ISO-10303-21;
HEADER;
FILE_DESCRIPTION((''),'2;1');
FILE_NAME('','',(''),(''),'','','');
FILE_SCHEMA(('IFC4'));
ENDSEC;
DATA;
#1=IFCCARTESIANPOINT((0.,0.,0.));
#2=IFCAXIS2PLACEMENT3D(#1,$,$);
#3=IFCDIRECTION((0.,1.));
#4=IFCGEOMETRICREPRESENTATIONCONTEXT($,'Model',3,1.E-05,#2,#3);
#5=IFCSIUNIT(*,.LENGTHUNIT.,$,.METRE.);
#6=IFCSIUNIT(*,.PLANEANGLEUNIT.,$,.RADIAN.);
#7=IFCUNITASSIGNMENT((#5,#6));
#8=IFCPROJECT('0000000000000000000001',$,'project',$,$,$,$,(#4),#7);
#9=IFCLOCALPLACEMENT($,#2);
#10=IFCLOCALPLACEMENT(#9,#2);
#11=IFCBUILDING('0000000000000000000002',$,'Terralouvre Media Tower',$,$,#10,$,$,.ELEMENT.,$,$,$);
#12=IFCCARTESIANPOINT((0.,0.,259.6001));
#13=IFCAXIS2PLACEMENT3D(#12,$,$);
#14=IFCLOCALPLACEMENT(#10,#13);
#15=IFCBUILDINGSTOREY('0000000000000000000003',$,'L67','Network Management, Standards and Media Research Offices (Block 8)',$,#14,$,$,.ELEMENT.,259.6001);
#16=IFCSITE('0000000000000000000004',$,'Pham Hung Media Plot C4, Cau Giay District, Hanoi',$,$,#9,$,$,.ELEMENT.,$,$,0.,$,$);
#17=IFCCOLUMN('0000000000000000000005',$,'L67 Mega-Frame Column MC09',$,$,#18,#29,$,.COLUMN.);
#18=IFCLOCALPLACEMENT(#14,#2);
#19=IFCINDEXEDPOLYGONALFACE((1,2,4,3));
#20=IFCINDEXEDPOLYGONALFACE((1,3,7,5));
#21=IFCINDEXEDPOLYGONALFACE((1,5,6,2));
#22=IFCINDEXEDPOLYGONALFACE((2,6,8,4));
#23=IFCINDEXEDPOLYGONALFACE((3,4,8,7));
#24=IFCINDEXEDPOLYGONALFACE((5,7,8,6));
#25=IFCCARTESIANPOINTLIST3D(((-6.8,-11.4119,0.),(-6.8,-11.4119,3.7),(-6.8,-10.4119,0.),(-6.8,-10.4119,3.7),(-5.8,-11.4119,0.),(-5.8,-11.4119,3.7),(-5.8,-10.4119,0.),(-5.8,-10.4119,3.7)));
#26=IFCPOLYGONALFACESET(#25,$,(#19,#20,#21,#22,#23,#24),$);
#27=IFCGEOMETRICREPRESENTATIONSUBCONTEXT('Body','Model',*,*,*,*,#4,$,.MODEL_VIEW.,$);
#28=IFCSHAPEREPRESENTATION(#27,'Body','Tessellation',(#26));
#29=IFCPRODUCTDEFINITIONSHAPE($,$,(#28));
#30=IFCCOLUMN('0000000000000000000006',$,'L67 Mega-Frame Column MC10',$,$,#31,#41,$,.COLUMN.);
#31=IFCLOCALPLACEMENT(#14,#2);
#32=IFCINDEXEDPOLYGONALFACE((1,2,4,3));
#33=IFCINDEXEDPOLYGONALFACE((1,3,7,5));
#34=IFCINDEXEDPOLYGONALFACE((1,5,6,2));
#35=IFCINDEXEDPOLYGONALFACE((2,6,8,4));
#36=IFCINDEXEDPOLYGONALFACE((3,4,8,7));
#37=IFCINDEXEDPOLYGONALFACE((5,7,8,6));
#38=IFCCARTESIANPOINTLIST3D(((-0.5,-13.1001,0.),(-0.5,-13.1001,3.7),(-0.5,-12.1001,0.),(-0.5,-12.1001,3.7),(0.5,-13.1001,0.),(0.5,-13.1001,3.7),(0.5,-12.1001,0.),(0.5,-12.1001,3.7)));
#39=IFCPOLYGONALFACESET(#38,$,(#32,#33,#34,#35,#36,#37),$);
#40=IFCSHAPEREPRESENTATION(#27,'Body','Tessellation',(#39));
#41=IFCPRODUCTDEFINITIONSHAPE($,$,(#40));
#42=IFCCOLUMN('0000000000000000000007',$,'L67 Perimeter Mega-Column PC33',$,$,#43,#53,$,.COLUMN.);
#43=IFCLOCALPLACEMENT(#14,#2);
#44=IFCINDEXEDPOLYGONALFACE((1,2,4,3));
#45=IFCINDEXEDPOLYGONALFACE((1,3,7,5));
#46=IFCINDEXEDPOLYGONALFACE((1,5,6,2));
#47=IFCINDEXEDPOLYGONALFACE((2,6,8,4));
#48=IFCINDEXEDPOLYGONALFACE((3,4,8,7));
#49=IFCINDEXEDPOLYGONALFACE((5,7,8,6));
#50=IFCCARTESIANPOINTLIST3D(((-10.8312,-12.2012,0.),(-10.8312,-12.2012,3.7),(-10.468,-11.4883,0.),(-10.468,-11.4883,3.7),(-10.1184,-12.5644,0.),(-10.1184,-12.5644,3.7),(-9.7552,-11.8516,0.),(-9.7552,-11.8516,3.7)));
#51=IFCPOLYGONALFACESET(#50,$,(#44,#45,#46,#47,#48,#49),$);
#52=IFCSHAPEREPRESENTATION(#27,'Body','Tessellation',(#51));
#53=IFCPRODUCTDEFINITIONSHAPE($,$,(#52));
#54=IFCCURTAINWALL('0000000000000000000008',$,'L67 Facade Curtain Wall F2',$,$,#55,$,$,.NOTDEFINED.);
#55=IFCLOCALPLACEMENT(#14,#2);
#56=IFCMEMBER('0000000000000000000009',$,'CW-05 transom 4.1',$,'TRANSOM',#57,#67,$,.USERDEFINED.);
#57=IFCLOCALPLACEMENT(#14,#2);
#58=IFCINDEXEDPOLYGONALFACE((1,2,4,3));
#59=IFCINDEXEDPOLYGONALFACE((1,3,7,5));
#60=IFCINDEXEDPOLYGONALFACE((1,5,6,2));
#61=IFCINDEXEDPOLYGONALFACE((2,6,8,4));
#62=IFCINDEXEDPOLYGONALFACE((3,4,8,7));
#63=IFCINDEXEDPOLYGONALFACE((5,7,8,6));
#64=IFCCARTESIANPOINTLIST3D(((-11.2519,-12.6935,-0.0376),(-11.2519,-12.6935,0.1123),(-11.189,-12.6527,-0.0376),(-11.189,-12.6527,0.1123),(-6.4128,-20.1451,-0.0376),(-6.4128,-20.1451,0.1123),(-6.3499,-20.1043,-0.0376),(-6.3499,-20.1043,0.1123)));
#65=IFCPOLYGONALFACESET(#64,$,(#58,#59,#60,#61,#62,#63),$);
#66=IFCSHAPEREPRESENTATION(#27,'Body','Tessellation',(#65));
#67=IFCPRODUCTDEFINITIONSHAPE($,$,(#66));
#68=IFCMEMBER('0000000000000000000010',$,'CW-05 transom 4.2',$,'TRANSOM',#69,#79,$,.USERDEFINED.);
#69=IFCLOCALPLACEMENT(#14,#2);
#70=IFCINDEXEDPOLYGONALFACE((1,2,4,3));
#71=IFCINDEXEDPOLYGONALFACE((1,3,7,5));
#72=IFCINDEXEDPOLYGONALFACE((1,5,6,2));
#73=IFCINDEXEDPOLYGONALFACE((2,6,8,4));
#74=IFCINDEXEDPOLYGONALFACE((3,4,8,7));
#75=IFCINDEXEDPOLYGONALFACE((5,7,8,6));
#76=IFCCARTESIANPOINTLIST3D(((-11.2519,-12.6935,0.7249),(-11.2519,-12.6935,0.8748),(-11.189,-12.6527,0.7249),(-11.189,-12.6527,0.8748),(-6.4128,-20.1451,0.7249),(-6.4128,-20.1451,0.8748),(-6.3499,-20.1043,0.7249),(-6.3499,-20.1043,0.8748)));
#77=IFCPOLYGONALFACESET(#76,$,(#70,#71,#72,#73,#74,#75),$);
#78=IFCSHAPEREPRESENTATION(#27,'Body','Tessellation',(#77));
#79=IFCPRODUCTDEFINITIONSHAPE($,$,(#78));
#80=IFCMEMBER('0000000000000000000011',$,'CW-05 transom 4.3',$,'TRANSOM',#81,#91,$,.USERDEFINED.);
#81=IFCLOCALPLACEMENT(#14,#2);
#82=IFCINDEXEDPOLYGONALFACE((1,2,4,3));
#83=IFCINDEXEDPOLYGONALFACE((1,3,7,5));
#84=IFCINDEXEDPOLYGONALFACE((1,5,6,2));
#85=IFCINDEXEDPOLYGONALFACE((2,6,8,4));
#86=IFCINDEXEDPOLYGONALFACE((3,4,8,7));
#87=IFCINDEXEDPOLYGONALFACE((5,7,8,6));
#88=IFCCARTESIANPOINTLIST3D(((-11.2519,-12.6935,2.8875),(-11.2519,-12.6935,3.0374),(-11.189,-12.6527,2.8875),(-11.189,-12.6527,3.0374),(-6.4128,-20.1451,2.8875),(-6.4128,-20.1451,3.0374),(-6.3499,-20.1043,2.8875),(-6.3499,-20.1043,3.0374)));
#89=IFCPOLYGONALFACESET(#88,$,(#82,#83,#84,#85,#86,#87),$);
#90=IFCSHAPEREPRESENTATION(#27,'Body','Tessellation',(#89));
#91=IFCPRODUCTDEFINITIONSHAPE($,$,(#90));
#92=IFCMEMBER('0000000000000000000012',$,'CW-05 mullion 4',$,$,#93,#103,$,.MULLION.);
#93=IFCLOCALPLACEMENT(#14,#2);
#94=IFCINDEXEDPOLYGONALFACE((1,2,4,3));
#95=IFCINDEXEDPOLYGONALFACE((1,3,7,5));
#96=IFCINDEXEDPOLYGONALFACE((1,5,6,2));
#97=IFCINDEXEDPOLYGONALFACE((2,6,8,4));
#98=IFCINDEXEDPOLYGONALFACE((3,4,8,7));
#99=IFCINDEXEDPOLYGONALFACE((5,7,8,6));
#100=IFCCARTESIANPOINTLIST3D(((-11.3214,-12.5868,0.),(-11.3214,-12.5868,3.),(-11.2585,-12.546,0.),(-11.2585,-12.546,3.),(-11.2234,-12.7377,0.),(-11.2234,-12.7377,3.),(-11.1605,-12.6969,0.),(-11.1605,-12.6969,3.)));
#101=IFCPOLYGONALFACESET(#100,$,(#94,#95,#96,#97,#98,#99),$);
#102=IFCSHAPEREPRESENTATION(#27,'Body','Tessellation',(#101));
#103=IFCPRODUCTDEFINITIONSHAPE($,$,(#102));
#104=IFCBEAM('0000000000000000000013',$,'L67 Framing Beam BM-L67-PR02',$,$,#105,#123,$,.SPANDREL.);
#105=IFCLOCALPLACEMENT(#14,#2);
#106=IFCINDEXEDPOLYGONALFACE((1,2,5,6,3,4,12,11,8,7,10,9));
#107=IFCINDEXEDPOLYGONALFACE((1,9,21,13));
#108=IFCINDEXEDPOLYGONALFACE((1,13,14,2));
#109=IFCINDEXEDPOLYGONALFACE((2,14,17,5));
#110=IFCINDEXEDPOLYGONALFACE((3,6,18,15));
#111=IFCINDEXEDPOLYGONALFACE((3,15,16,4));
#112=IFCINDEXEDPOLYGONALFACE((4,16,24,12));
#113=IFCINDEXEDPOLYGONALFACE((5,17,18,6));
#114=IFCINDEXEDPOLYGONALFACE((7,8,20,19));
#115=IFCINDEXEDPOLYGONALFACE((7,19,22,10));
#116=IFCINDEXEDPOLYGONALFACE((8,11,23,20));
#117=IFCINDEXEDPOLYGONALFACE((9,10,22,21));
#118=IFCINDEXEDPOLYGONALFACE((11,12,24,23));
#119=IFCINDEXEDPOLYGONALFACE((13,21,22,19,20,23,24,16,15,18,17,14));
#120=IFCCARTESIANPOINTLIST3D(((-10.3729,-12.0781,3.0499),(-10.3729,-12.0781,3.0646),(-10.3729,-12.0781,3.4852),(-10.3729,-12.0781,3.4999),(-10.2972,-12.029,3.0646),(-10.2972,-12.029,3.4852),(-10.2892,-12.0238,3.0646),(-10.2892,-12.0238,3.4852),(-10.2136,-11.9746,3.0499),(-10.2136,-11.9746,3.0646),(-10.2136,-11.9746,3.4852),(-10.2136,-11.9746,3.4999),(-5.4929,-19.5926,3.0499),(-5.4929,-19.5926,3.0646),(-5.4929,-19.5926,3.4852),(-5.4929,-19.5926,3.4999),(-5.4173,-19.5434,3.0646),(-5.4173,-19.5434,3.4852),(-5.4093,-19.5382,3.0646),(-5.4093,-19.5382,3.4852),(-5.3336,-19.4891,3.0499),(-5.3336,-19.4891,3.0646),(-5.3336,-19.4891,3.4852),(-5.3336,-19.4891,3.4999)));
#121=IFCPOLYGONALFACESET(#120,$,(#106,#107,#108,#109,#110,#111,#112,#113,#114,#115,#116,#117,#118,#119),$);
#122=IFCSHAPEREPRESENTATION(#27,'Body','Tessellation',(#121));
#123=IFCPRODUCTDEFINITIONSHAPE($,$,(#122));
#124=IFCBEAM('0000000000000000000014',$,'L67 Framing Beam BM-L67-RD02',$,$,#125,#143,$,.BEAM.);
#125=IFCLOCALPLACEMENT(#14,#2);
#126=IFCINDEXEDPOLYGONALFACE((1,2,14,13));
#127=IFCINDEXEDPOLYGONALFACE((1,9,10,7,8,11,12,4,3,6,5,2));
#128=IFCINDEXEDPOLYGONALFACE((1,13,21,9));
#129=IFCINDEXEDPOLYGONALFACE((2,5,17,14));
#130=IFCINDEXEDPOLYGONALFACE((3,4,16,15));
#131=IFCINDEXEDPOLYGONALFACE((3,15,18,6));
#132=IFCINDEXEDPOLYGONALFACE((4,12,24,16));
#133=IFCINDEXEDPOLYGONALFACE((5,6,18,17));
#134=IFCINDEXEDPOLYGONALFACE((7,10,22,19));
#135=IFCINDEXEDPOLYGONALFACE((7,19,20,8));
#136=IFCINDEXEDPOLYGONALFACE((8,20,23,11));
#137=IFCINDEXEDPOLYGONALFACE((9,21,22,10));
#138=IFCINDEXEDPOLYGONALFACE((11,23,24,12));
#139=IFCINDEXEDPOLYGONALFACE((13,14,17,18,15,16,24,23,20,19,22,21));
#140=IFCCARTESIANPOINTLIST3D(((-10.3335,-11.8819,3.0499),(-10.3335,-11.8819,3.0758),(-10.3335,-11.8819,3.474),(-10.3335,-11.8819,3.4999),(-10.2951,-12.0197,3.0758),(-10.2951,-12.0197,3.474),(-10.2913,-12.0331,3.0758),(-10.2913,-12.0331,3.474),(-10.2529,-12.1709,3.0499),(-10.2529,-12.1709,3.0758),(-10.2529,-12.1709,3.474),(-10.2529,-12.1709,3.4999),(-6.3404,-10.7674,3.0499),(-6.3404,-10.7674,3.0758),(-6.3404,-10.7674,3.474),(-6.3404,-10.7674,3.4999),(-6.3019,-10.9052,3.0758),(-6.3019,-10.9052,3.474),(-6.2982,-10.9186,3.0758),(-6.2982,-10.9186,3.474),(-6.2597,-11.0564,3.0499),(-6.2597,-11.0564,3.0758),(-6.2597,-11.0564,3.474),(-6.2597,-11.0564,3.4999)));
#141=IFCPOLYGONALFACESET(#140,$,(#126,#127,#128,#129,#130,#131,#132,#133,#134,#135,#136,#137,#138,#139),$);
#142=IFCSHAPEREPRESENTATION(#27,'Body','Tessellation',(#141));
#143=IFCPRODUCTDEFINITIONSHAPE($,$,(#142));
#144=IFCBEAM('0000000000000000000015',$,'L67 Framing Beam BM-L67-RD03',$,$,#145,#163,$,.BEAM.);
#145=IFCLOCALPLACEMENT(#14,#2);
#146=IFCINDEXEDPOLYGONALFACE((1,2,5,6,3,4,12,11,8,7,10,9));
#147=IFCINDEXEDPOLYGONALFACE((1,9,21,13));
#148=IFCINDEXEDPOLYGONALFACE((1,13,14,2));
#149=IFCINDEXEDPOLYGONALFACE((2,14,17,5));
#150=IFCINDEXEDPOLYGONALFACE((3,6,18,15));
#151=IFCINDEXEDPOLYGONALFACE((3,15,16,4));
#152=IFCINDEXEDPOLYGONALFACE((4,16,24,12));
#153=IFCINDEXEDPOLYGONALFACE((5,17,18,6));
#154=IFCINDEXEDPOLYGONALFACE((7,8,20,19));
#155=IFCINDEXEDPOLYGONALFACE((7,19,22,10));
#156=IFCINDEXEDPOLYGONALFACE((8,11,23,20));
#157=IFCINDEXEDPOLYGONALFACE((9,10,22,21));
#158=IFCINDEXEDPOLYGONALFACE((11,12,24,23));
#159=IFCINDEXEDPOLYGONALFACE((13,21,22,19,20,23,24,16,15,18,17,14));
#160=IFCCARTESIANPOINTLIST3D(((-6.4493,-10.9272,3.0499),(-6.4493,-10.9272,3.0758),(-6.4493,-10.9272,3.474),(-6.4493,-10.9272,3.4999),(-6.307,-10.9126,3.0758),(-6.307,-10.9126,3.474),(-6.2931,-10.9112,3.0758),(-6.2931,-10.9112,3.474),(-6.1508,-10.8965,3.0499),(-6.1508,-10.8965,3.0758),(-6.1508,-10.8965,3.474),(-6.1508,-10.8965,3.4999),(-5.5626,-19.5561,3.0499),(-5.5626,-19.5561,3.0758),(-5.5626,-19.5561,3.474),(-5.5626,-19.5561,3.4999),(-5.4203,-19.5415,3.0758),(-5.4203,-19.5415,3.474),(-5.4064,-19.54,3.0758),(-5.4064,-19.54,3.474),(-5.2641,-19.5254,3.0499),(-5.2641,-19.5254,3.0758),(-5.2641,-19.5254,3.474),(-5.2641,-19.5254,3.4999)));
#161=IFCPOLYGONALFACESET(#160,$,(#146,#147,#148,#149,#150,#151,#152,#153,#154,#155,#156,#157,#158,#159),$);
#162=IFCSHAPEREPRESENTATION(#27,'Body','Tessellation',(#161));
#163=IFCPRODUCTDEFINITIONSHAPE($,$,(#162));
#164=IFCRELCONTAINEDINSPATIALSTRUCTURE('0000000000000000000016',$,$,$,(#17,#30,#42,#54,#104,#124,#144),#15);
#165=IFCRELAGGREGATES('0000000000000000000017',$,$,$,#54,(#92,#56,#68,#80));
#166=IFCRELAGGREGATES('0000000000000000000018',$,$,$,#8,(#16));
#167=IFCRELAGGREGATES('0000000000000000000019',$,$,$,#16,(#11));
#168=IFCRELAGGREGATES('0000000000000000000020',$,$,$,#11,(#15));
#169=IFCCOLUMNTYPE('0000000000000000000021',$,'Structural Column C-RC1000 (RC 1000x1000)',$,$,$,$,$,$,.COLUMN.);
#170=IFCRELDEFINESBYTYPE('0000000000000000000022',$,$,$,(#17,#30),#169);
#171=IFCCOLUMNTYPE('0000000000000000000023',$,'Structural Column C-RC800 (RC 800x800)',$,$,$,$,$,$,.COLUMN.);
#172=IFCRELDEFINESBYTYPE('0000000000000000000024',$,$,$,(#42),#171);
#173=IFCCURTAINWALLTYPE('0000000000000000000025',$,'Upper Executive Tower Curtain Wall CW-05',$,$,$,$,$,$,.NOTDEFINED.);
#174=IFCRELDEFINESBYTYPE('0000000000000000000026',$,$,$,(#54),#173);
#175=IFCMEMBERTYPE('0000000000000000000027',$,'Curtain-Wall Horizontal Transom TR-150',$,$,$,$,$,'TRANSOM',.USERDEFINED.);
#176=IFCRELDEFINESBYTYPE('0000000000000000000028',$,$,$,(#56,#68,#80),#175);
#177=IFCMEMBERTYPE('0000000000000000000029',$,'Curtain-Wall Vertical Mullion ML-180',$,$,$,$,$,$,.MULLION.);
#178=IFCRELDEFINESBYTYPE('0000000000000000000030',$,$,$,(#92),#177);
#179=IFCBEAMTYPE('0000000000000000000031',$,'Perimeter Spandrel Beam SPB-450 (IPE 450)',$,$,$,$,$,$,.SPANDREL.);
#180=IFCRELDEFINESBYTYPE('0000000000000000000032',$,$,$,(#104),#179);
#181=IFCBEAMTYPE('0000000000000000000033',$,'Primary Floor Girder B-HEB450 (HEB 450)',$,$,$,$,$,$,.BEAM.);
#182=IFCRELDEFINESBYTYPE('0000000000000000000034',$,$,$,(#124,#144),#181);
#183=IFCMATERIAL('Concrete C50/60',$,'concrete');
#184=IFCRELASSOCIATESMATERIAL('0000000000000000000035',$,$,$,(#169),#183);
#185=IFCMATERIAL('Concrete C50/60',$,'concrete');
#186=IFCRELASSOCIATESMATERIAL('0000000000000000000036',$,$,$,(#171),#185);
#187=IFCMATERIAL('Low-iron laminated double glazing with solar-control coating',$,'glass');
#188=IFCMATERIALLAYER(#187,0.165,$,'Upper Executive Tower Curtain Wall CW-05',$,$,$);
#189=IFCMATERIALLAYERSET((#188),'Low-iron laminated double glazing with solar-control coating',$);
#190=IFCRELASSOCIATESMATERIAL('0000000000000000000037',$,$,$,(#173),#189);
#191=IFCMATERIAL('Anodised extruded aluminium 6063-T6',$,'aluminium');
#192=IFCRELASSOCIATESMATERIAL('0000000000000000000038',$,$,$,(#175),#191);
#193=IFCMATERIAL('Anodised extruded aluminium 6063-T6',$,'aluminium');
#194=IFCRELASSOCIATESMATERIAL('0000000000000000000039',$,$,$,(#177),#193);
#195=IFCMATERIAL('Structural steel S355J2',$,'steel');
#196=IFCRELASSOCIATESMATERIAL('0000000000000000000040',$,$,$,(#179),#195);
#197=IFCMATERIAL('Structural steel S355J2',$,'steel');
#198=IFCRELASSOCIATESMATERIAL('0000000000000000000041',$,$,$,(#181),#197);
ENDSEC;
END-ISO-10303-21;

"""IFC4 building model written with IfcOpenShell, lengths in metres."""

from ifc_helpers import new_model, si_unit, direction, frame, origin, origin_2d, place, context, subcontext, project, spatial, rectangle, i_section, extrude, material, layer, layer_set, material_profile, profile_set, type_object, element, aggregate, save


model = new_model("IFC4")

# Units and contexts
model_context = context("Model", 3, precision=1e-05, world=origin(), true_north=direction((0.0, 1.0)))
body_context = subcontext(model_context, "Body", "Model", "MODEL_VIEW")
ifc_project = project(units=[si_unit("LENGTHUNIT", "METRE"), si_unit("PLANEANGLEUNIT", "RADIAN")], contexts=[model_context])

# Site, building, storey
site_placement = place(None, origin())
site = spatial("IfcSite", under=ifc_project, at=site_placement, Name="Pham Hung Media Plot C4, Cau Giay District, Hanoi", CompositionType="ELEMENT", RefElevation=0.0)
building_placement = place(site_placement, origin())
building = spatial("IfcBuilding", under=site, at=building_placement, Name="Terralouvre Media Tower", CompositionType="ELEMENT")
storey_placement = place(building_placement, frame((0.0, 0.0, 259.6001)))
storey = spatial("IfcBuildingStorey", under=building, at=storey_placement, Name="L67", Description="Network Management, Standards and Media Research Offices (Block 8)", CompositionType="ELEMENT", Elevation=259.6001)

# Columns
ifc_material_1 = material(Name="Concrete C50/60", Category="concrete")
ifc_material_profile_1 = material_profile(ifc_material_1, rectangle(XDim=1.0, YDim=1.0, at=origin_2d()), Name="RC 1000x1000")
ifc_profile_set_1 = profile_set([ifc_material_profile_1], Name="Concrete C50/60")
column_type_1 = type_object("IfcColumnType", Name="Structural Column C-RC1000 (RC 1000x1000)", PredefinedType="COLUMN", material=ifc_profile_set_1)
for number, where, z_axis, x_axis, name in (
    (1, (-6.3, -10.9119, 0.0), (0.0, 0.0, 1.0), (1.0, 0.0, 0.0), "L67 Mega-Frame Column MC09"),
    (2, (0.0, -12.6001, 0.0), (0.0, 0.0, 1.0), (1.0, 0.0, 0.0), "L67 Mega-Frame Column MC10"),
):
    element("IfcColumn", number, at=place(storey_placement, frame(where, z_axis=z_axis, x_axis=x_axis)), inside=storey, type_object=column_type_1, Name=name, PredefinedType="COLUMN", context=body_context, shape_type="SweptSolid", body=[
        extrude(rectangle(XDim=1.0, YDim=1.0, at=origin_2d()), origin(), (0.0, 0.0, 1.0), 3.7),
    ])
ifc_material_2 = material(Name="Concrete C50/60", Category="concrete")
ifc_material_profile_2 = material_profile(ifc_material_2, rectangle(XDim=0.8, YDim=0.8, at=origin_2d()), Name="RC 800x800")
ifc_profile_set_2 = profile_set([ifc_material_profile_2], Name="Concrete C50/60")
column_type_2 = type_object("IfcColumnType", Name="Structural Column C-RC800 (RC 800x800)", PredefinedType="COLUMN", material=ifc_profile_set_2)
column_placement = place(storey_placement, frame((-10.2932, -12.0264, 0.0), z_axis=(0.0, 0.0, 1.0), x_axis=(0.45399, 0.891007, 0.0)))
element("IfcColumn", 3, at=column_placement, inside=storey, type_object=column_type_2, Name="L67 Perimeter Mega-Column PC33", PredefinedType="COLUMN", context=body_context, shape_type="SweptSolid", body=[
    extrude(rectangle(XDim=0.8, YDim=0.8, at=origin_2d()), origin(), (0.0, 0.0, 1.0), 3.7),
])

# Curtain wall, members
ifc_material_3 = material(Name="Low-iron laminated double glazing with solar-control coating", Category="glass")
ifc_layer_1 = layer(ifc_material_3, 0.165, Name="Upper Executive Tower Curtain Wall CW-05")
ifc_layer_set_1 = layer_set([ifc_layer_1], Name="Low-iron laminated double glazing with solar-control coating")
curtain_wall_type = type_object("IfcCurtainWallType", Name="Upper Executive Tower Curtain Wall CW-05", PredefinedType="NOTDEFINED", material=ifc_layer_set_1)
curtain_wall_placement = place(storey_placement, origin())
curtain_wall = element("IfcCurtainWall", 4, at=curtain_wall_placement, inside=storey, type_object=curtain_wall_type, Name="L67 Facade Curtain Wall F2", PredefinedType="NOTDEFINED")
ifc_material_4 = material(Name="Anodised extruded aluminium 6063-T6", Category="aluminium")
ifc_material_profile_3 = material_profile(ifc_material_4, rectangle(XDim=0.075, YDim=0.1499, at=origin_2d()), Name="ALU 75x150")
ifc_profile_set_3 = profile_set([ifc_material_profile_3], Name="Anodised extruded aluminium 6063-T6")
member_type_1 = type_object("IfcMemberType", Name="Curtain-Wall Horizontal Transom TR-150", ElementType="TRANSOM", PredefinedType="USERDEFINED", material=ifc_profile_set_3)
member_1_placement = place(storey_placement, frame((-11.2205, -12.6731, 0.0374), z_axis=(0.544635, -0.838673, 0.0), x_axis=(0.838673, 0.544635, 0.0)))
member_1 = element("IfcMember", 5, at=member_1_placement, type_object=member_type_1, Name="CW-05 transom 4.1", ObjectType="TRANSOM", PredefinedType="USERDEFINED", context=body_context, shape_type="SweptSolid", body=[
    extrude(rectangle(XDim=0.075, YDim=0.1499, at=origin_2d()), origin(), (0.0, 0.0, 1.0), 8.885),
])
member_2_placement = place(storey_placement, frame((-11.2205, -12.6731, 0.7998), z_axis=(0.544635, -0.838673, 0.0), x_axis=(0.838673, 0.544635, 0.0)))
member_2 = element("IfcMember", 6, at=member_2_placement, type_object=member_type_1, Name="CW-05 transom 4.2", ObjectType="TRANSOM", PredefinedType="USERDEFINED", context=body_context, shape_type="SweptSolid", body=[
    extrude(rectangle(XDim=0.075, YDim=0.1499, at=origin_2d()), origin(), (0.0, 0.0, 1.0), 8.885),
])
member_3_placement = place(storey_placement, frame((-11.2205, -12.6731, 2.9624), z_axis=(0.544635, -0.838673, 0.0), x_axis=(0.838673, 0.544635, 0.0)))
member_3 = element("IfcMember", 7, at=member_3_placement, type_object=member_type_1, Name="CW-05 transom 4.3", ObjectType="TRANSOM", PredefinedType="USERDEFINED", context=body_context, shape_type="SweptSolid", body=[
    extrude(rectangle(XDim=0.075, YDim=0.1499, at=origin_2d()), origin(), (0.0, 0.0, 1.0), 8.885),
])
ifc_material_5 = material(Name="Anodised extruded aluminium 6063-T6", Category="aluminium")
ifc_material_profile_4 = material_profile(ifc_material_5, rectangle(XDim=0.075, YDim=0.1799, at=origin_2d()), Name="ALU 75x180")
ifc_profile_set_4 = profile_set([ifc_material_profile_4], Name="Anodised extruded aluminium 6063-T6")
member_type_2 = type_object("IfcMemberType", Name="Curtain-Wall Vertical Mullion ML-180", PredefinedType="MULLION", material=ifc_profile_set_4)
member_4_placement = place(storey_placement, frame((-11.241, -12.6418, 0.0), z_axis=(0.0, 0.0, 1.0), x_axis=(0.838671, 0.544639, 0.0)))
member_4 = element("IfcMember", 8, at=member_4_placement, type_object=member_type_2, Name="CW-05 mullion 4", PredefinedType="MULLION", context=body_context, shape_type="SweptSolid", body=[
    extrude(rectangle(XDim=0.075, YDim=0.1799, at=origin_2d()), origin(), (0.0, 0.0, 1.0), 3.0),
])

# Beams
ifc_material_6 = material(Name="Structural steel S355J2", Category="steel")
ifc_material_profile_5 = material_profile(ifc_material_6, i_section(OverallWidth=0.1899, OverallDepth=0.45, WebThickness=0.0095, FlangeThickness=0.0146, at=origin_2d()), Name="IPE 450")
ifc_profile_set_5 = profile_set([ifc_material_profile_5], Name="Structural steel S355J2")
beam_type_1 = type_object("IfcBeamType", Name="Perimeter Spandrel Beam SPB-450 (IPE 450)", PredefinedType="SPANDREL", material=ifc_profile_set_5)
beam_1_placement = place(storey_placement, frame((-10.2932, -12.0264, 3.2749), z_axis=(0.544637, -0.838672, 0.0), x_axis=(0.838672, 0.544637, 0.0)))
element("IfcBeam", 9, at=beam_1_placement, inside=storey, type_object=beam_type_1, Name="L67 Framing Beam BM-L67-PR02", PredefinedType="SPANDREL", context=body_context, shape_type="SweptSolid", body=[
    extrude(i_section(OverallWidth=0.1899, OverallDepth=0.45, WebThickness=0.0095, FlangeThickness=0.0146, at=origin_2d()), origin(), (0.0, 0.0, 1.0), 8.96),
])
ifc_material_7 = material(Name="Structural steel S355J2", Category="steel")
ifc_material_profile_6 = material_profile(ifc_material_7, i_section(OverallWidth=0.3, OverallDepth=0.45, WebThickness=0.0139, FlangeThickness=0.0259, at=origin_2d()), Name="HEB 450")
ifc_profile_set_6 = profile_set([ifc_material_profile_6], Name="Structural steel S355J2")
beam_type_2 = type_object("IfcBeamType", Name="Primary Floor Girder B-HEB450 (HEB 450)", PredefinedType="BEAM", material=ifc_profile_set_6)
beam_2_placement = place(storey_placement, frame((-6.3, -10.9119, 3.2749), z_axis=(-0.963188, -0.268828, 0.0), x_axis=(0.268828, -0.963188, 0.0)))
element("IfcBeam", 10, at=beam_2_placement, inside=storey, type_object=beam_type_2, Name="L67 Framing Beam BM-L67-RD02", PredefinedType="BEAM", context=body_context, shape_type="SweptSolid", body=[
    extrude(i_section(OverallWidth=0.3, OverallDepth=0.45, WebThickness=0.0139, FlangeThickness=0.0259, at=origin_2d()), origin(), (0.0, 0.0, 1.0), 4.1458),
])
beam_3_placement = place(storey_placement, frame((-6.3, -10.9119, 3.2749), z_axis=(0.102223, -0.994761, 0.0), x_axis=(0.994761, 0.102223, 0.0)))
element("IfcBeam", 11, at=beam_3_placement, inside=storey, type_object=beam_type_2, Name="L67 Framing Beam BM-L67-RD03", PredefinedType="BEAM", context=body_context, shape_type="SweptSolid", body=[
    extrude(i_section(OverallWidth=0.3, OverallDepth=0.45, WebThickness=0.0139, FlangeThickness=0.0259, at=origin_2d()), origin(), (0.0, 0.0, 1.0), 8.6743),
])

aggregate(curtain_wall, [member_4, member_1, member_2, member_3])

save(model, "model.ifc")
